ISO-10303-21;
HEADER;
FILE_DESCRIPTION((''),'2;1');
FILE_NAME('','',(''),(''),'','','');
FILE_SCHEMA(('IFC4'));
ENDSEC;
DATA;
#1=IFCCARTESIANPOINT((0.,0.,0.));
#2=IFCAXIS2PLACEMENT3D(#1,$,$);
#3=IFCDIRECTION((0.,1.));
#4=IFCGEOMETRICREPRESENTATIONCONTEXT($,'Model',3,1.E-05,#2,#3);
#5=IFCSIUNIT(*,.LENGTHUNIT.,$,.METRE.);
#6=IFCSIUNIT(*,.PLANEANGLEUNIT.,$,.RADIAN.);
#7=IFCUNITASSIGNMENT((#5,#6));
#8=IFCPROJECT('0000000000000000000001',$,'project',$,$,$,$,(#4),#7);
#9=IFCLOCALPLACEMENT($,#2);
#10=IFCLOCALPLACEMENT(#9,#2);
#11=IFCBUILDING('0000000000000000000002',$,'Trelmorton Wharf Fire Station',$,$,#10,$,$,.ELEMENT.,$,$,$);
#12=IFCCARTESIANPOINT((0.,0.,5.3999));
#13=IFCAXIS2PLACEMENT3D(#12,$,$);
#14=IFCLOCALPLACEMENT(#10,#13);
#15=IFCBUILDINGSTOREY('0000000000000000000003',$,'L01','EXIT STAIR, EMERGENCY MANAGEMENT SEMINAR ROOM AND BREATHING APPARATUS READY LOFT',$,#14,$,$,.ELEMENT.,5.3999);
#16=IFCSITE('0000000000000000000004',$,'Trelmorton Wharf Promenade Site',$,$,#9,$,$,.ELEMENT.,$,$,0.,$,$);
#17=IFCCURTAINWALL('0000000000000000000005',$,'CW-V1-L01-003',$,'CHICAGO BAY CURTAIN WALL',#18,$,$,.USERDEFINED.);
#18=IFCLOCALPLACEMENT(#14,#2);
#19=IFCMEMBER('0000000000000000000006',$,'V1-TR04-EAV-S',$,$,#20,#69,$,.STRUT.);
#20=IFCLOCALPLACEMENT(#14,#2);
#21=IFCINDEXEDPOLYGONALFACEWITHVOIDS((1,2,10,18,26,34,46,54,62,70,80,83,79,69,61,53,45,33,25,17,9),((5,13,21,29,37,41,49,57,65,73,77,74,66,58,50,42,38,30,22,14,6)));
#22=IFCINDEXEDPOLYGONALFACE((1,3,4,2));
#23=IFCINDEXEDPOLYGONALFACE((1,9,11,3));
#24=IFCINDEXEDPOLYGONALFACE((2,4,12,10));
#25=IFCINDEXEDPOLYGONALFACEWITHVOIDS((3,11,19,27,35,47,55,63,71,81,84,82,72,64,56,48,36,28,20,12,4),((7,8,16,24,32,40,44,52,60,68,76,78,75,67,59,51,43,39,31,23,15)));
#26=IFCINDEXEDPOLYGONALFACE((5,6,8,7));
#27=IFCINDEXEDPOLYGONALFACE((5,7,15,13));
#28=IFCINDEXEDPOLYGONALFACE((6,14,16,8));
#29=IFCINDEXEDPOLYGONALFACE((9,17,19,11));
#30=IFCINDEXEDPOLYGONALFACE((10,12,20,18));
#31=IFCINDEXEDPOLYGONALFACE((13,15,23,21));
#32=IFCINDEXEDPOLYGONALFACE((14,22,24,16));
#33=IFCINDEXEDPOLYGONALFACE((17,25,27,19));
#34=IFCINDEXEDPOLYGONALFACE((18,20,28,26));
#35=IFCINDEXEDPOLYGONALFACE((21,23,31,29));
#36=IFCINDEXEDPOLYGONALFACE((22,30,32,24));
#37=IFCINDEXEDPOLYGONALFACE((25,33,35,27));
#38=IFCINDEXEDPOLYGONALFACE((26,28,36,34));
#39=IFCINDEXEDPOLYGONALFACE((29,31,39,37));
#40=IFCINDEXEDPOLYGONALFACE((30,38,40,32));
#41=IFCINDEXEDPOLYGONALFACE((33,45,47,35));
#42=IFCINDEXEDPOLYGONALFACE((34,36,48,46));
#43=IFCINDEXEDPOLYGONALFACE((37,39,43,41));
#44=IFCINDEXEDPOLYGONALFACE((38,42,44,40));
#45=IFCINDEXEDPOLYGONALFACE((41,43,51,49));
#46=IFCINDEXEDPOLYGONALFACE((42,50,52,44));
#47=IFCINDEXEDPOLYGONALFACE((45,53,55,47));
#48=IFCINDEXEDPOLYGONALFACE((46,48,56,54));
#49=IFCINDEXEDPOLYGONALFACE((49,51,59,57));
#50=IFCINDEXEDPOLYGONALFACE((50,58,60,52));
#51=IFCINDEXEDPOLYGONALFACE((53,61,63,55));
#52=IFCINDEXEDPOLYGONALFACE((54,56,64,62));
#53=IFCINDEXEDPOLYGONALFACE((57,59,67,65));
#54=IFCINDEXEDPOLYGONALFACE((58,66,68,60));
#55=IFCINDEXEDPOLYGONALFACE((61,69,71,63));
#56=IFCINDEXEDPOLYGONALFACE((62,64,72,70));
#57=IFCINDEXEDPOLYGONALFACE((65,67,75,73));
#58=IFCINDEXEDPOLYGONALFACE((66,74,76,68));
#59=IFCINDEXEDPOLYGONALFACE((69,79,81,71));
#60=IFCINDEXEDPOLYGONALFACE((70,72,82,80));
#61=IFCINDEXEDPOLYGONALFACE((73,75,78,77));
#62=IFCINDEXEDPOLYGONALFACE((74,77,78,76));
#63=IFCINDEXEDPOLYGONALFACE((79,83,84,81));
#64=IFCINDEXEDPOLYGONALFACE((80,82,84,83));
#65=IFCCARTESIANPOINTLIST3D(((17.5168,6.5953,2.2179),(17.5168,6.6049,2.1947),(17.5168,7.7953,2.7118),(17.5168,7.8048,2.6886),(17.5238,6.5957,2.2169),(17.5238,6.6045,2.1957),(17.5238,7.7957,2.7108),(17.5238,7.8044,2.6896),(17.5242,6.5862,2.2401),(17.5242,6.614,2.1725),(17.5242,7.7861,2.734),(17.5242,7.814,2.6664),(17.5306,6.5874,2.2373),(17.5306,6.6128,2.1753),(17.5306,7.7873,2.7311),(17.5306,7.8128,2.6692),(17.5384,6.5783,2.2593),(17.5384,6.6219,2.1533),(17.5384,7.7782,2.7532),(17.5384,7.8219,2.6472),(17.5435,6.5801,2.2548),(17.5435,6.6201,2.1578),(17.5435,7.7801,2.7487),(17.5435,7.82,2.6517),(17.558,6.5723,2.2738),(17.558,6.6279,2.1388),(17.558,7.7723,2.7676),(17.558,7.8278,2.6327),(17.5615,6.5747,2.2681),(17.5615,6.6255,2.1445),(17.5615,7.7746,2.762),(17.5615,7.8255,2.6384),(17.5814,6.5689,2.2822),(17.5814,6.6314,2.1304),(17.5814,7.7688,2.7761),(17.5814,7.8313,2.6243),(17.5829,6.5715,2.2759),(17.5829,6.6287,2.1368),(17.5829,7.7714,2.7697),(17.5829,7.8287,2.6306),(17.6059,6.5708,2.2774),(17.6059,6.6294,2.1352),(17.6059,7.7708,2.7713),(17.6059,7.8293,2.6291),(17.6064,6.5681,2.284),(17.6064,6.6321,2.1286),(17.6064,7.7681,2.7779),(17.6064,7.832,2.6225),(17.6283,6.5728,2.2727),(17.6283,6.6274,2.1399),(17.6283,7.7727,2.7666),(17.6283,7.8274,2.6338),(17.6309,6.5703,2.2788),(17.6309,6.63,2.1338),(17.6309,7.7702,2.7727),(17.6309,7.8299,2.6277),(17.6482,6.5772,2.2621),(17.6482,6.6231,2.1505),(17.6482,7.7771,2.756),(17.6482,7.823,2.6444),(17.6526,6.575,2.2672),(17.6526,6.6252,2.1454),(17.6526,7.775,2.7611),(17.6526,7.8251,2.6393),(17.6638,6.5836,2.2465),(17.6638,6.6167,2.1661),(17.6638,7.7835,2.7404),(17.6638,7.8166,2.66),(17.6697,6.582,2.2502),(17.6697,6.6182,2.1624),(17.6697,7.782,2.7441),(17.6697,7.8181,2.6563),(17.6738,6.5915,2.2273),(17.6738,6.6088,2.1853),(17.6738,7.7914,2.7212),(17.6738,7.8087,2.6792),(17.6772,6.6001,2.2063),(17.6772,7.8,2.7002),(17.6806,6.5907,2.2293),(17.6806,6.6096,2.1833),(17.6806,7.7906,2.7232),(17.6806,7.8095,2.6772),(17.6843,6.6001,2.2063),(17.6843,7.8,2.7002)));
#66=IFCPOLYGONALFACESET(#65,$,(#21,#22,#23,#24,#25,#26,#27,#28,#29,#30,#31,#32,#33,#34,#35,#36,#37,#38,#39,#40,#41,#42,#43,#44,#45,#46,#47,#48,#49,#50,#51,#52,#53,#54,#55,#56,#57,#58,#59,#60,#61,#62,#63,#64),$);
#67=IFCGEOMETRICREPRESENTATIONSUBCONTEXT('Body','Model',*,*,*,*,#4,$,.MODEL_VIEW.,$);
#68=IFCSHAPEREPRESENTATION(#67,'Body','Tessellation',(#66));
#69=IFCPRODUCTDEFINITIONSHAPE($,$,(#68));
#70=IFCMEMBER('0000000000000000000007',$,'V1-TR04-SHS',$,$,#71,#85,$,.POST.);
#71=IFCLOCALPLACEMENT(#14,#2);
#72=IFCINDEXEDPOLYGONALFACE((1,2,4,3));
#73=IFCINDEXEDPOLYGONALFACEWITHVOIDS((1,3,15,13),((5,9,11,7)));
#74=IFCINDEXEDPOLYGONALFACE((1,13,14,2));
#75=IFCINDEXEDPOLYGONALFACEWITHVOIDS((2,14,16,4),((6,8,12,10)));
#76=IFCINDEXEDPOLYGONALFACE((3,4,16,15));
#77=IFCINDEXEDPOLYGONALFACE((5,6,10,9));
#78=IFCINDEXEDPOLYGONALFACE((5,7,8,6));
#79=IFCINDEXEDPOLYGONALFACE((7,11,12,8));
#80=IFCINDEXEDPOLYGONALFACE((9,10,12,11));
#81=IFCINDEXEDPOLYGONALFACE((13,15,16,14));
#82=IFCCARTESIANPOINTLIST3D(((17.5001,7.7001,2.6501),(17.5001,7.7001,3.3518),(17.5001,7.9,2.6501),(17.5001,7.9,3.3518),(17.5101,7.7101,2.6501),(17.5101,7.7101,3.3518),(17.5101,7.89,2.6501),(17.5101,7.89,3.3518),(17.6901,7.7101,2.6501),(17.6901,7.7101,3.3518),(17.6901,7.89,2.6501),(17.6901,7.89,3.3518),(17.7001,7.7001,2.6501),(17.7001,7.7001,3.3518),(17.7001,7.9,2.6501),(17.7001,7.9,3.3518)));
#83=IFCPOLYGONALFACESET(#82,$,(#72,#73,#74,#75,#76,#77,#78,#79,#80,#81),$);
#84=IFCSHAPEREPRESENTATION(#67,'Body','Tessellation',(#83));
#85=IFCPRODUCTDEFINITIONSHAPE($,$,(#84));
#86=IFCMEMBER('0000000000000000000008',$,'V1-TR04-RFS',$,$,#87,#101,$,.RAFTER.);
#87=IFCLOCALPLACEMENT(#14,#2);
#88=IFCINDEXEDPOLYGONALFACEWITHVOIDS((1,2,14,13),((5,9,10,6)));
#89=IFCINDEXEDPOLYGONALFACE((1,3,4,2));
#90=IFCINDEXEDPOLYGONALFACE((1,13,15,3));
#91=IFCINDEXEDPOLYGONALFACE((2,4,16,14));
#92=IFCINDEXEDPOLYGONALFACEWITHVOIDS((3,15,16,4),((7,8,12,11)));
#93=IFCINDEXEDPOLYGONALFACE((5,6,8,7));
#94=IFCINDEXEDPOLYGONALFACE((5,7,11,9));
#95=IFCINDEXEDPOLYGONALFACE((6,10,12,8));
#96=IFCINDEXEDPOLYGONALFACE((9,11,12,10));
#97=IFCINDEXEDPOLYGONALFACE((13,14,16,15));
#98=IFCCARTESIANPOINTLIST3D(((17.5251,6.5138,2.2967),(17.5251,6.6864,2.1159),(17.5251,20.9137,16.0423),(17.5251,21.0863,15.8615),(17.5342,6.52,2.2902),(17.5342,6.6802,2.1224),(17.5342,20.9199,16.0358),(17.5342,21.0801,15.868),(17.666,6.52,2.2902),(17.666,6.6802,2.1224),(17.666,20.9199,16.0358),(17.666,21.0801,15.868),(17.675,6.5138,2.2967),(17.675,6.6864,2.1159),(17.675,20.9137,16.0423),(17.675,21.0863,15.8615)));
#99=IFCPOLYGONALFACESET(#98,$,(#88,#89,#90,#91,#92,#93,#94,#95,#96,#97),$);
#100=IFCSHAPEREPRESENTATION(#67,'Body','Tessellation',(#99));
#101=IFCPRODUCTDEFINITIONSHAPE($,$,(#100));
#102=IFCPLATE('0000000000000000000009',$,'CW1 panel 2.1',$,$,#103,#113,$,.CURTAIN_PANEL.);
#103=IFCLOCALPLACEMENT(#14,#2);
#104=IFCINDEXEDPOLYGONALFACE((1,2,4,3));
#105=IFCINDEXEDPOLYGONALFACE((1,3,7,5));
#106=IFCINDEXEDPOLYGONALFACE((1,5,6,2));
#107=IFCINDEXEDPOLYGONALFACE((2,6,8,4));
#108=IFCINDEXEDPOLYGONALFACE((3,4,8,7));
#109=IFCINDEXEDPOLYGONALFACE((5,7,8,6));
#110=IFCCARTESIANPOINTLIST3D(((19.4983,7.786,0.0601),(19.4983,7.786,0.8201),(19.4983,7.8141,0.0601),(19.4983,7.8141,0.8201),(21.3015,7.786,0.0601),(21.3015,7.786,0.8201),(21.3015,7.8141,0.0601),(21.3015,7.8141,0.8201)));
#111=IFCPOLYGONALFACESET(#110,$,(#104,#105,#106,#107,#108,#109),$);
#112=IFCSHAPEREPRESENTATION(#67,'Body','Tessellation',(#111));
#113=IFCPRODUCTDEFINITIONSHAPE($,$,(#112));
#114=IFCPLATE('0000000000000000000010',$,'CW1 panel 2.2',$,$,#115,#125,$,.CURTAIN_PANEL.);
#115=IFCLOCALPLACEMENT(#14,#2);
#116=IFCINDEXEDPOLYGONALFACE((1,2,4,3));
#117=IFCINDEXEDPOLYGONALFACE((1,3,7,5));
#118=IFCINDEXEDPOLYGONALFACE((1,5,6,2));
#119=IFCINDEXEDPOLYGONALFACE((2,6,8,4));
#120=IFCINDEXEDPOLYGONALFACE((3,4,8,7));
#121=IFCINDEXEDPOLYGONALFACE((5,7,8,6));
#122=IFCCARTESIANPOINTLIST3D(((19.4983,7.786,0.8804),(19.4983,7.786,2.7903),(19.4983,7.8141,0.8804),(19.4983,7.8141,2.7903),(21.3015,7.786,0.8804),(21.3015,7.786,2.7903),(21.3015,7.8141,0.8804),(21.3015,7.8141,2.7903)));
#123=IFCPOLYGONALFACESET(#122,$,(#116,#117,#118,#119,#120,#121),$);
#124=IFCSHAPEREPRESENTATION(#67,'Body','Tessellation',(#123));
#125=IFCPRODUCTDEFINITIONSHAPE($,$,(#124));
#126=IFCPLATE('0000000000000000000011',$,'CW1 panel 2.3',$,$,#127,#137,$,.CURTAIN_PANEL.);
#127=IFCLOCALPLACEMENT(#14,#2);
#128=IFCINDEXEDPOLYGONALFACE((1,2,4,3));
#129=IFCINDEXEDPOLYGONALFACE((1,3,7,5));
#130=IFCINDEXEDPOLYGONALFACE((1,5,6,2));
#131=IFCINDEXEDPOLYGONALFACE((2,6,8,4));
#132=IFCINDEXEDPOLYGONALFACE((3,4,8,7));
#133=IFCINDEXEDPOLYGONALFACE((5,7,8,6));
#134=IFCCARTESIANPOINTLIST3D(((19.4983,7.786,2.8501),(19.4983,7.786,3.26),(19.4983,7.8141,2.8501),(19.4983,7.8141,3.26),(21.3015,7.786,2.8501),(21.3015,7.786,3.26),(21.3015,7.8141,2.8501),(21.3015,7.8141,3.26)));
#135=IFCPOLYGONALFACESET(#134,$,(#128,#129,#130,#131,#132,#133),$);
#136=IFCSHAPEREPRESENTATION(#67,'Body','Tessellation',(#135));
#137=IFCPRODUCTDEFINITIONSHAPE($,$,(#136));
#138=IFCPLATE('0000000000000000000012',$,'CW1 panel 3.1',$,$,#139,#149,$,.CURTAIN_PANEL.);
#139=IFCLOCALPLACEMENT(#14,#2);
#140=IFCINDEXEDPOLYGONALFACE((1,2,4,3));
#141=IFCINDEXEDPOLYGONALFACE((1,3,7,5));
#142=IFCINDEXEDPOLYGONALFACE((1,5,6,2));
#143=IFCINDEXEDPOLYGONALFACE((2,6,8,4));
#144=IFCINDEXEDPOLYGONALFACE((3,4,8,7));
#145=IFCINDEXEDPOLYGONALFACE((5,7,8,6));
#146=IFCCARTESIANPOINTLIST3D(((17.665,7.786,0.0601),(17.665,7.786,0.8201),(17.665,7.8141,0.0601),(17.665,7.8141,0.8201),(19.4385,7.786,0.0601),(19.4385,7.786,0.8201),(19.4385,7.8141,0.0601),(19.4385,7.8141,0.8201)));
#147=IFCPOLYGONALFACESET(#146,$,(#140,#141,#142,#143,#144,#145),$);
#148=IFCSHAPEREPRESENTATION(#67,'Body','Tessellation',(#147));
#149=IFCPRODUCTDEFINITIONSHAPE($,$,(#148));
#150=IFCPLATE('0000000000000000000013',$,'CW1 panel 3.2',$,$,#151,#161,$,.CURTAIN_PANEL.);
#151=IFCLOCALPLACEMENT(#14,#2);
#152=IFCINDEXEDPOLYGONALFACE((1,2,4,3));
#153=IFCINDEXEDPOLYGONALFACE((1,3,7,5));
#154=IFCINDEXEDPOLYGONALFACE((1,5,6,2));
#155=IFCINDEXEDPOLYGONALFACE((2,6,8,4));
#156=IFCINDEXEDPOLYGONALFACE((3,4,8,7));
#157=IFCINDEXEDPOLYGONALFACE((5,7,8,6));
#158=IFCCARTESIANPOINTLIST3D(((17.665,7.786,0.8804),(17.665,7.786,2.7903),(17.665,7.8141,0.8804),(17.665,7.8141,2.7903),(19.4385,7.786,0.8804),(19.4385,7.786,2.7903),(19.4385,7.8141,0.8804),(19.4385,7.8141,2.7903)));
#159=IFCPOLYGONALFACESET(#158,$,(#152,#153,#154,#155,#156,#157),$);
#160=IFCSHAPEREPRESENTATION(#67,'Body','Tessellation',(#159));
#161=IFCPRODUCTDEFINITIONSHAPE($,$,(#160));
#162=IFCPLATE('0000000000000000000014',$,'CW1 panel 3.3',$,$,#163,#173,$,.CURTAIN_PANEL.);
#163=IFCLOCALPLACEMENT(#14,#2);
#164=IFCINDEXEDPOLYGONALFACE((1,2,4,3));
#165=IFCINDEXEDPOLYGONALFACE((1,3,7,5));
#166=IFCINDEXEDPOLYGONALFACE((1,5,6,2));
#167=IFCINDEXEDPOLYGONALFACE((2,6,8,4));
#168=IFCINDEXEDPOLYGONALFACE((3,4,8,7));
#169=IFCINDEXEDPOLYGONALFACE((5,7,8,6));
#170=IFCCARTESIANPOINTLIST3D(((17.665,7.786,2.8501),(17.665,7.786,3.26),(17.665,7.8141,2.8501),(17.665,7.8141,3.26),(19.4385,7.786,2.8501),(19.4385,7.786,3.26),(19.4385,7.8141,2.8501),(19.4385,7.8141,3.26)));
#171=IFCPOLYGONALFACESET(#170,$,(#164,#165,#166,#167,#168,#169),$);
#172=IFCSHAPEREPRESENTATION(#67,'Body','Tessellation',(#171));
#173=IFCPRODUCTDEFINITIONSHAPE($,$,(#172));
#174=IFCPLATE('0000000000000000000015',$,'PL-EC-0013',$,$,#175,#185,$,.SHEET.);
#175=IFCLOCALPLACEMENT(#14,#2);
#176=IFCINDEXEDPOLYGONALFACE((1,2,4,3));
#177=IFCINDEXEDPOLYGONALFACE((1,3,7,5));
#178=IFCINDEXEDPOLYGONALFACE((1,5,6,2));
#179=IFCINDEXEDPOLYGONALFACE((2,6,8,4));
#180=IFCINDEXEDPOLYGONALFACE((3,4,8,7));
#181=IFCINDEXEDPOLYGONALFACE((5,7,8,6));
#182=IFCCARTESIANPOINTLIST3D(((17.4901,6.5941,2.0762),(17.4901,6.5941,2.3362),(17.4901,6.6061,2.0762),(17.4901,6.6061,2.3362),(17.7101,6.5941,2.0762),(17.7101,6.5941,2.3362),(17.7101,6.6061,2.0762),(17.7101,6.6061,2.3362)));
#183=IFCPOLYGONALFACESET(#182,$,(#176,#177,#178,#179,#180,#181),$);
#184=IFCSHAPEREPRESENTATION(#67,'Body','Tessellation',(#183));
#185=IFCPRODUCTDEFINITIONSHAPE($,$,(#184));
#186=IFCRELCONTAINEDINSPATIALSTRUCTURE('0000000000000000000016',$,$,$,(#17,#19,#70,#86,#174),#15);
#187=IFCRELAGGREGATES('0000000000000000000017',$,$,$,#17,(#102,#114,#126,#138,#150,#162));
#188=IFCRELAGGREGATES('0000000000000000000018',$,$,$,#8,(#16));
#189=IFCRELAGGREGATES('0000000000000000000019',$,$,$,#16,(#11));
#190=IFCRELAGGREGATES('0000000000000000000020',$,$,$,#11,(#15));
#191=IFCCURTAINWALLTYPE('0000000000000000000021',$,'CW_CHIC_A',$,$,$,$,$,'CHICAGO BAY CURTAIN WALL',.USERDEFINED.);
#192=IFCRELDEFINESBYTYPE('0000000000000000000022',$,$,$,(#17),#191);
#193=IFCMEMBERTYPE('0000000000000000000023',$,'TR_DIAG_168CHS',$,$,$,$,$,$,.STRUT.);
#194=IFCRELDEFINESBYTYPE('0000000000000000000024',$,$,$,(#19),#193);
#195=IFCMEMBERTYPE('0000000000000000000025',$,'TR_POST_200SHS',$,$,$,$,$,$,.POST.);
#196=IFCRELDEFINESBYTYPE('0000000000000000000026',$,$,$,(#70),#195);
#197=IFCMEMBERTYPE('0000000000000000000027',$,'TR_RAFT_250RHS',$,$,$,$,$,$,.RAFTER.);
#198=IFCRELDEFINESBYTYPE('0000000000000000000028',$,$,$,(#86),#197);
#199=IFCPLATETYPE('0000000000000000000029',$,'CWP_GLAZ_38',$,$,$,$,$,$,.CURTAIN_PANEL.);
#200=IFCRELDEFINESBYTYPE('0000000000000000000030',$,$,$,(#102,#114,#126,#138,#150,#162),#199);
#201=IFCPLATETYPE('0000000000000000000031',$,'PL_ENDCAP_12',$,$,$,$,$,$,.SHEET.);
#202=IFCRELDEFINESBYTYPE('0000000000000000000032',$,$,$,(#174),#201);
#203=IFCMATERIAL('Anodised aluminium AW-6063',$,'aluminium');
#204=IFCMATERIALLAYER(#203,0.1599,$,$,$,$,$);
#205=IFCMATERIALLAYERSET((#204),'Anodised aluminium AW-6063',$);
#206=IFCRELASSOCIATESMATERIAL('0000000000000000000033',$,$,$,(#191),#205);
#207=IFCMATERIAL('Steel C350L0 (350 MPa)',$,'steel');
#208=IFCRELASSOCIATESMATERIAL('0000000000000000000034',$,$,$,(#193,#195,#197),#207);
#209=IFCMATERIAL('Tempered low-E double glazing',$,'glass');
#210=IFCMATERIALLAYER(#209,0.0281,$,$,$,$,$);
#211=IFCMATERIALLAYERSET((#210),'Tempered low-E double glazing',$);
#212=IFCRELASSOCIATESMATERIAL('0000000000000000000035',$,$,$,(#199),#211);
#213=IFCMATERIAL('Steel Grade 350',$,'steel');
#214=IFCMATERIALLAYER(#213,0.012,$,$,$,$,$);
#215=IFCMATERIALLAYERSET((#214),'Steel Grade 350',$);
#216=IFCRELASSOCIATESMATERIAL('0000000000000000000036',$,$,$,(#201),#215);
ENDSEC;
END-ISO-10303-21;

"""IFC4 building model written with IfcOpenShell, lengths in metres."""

from ifc_helpers import new_model, si_unit, direction, frame, origin, origin_2d, place, context, subcontext, project, spatial, rectangle, hollow_rectangle, hollow_circle, extrude, material, layer, layer_set, material_profile, profile_set, type_object, element, aggregate, save


model = new_model("IFC4")

# Units and contexts
model_context = context("Model", 3, precision=1e-05, world=origin(), true_north=direction((0.0, 1.0)))
body_context = subcontext(model_context, "Body", "Model", "MODEL_VIEW")
ifc_project = project(units=[si_unit("LENGTHUNIT", "METRE"), si_unit("PLANEANGLEUNIT", "RADIAN")], contexts=[model_context])

# Site, building, storey
site_placement = place(None, origin())
site = spatial("IfcSite", under=ifc_project, at=site_placement, Name="Trelmorton Wharf Promenade Site", CompositionType="ELEMENT", RefElevation=0.0)
building_placement = place(site_placement, origin())
building = spatial("IfcBuilding", under=site, at=building_placement, Name="Trelmorton Wharf Fire Station", CompositionType="ELEMENT")
storey_placement = place(building_placement, frame((0.0, 0.0, 5.3999)))
storey = spatial("IfcBuildingStorey", under=building, at=storey_placement, Name="L01", Description="EXIT STAIR, EMERGENCY MANAGEMENT SEMINAR ROOM AND BREATHING APPARATUS READY LOFT", CompositionType="ELEMENT", Elevation=5.3999)

# Shared definitions
ifc_material_1 = material(Name="Steel Grade 350", Category="steel")

# Curtain wall
ifc_material_2 = material(Name="Anodised aluminium AW-6063", Category="aluminium")
ifc_layer_1 = layer(ifc_material_2, 0.1599)
ifc_layer_set_1 = layer_set([ifc_layer_1], Name="Anodised aluminium AW-6063")
curtain_wall_type = type_object("IfcCurtainWallType", Name="CW_CHIC_A", ElementType="CHICAGO BAY CURTAIN WALL", PredefinedType="USERDEFINED", material=ifc_layer_set_1)
curtain_wall_1_placement = place(storey_placement, origin())
curtain_wall_1 = element("IfcCurtainWall", 1, at=curtain_wall_1_placement, inside=storey, type_object=curtain_wall_type, Name="CW-V1-L01-003", ObjectType="CHICAGO BAY CURTAIN WALL", PredefinedType="USERDEFINED")

# Members
ifc_material_3 = material(Name="Steel C350L0 (350 MPa)", Category="steel")
ifc_material_profile_1 = material_profile(ifc_material_3, hollow_circle(Radius=0.0842, WallThickness=0.0071, at=origin_2d()), Name="168.3x7.1CHS")
ifc_profile_set_1 = profile_set([ifc_material_profile_1], Name="Steel C350L0 (350 MPa)")
member_type_1 = type_object("IfcMemberType", Name="TR_DIAG_168CHS", PredefinedType="STRUT", material=ifc_profile_set_1)
member_1_placement = place(storey_placement, frame((17.6001, 7.8, 2.7002), z_axis=(0.0, -0.924733, -0.380617), x_axis=(1.0, 0.0, 0.0)))
element("IfcMember", 2, at=member_1_placement, inside=storey, type_object=member_type_1, Name="V1-TR04-EAV-S", PredefinedType="STRUT", context=body_context, shape_type="SweptSolid", body=[
    extrude(hollow_circle(Radius=0.0842, WallThickness=0.0071, at=origin_2d()), origin(), (0.0, 0.0, 1.0), 1.2976),
])
ifc_material_profile_2 = material_profile(ifc_material_3, hollow_rectangle(XDim=0.2, YDim=0.2, WallThickness=0.01, at=origin_2d()), Name="200x200x10.0SHS")
ifc_profile_set_2 = profile_set([ifc_material_profile_2], Name="Steel C350L0 (350 MPa)")
member_type_2 = type_object("IfcMemberType", Name="TR_POST_200SHS", PredefinedType="POST", material=ifc_profile_set_2)
member_2_placement = place(storey_placement, frame((17.6001, 7.8, 2.6501), z_axis=(0.0, 0.0, 1.0), x_axis=(1.0, 0.0, 0.0)))
element("IfcMember", 3, at=member_2_placement, inside=storey, type_object=member_type_2, Name="V1-TR04-SHS", PredefinedType="POST", context=body_context, shape_type="SweptSolid", body=[
    extrude(hollow_rectangle(XDim=0.2, YDim=0.2, WallThickness=0.01, at=origin_2d()), origin(), (0.0, 0.0, 1.0), 0.7017),
])
ifc_material_profile_3 = material_profile(ifc_material_3, hollow_rectangle(XDim=0.1499, YDim=0.25, WallThickness=0.009, at=origin_2d()), Name="250x150x9.0RHS")
ifc_profile_set_3 = profile_set([ifc_material_profile_3], Name="Steel C350L0 (350 MPa)")
member_type_3 = type_object("IfcMemberType", Name="TR_RAFT_250RHS", PredefinedType="RAFTER", material=ifc_profile_set_3)
member_3_placement = place(storey_placement, frame((17.6001, 6.6001, 2.2063), z_axis=(0.0, 0.723349, 0.690482), x_axis=(-1.0, 0.0, 0.0)))
element("IfcMember", 4, at=member_3_placement, inside=storey, type_object=member_type_3, Name="V1-TR04-RFS", PredefinedType="RAFTER", context=body_context, shape_type="SweptSolid", body=[
    extrude(hollow_rectangle(XDim=0.1499, YDim=0.25, WallThickness=0.009, at=origin_2d()), origin(), (0.0, 0.0, 1.0), 19.9072),
])

# Plates
ifc_material_4 = material(Name="Tempered low-E double glazing", Category="glass")
ifc_layer_2 = layer(ifc_material_4, 0.0281)
ifc_layer_set_2 = layer_set([ifc_layer_2], Name="Tempered low-E double glazing")
plate_type_1 = type_object("IfcPlateType", Name="CWP_GLAZ_38", PredefinedType="CURTAIN_PANEL", material=ifc_layer_set_2)
plate_1_placement = place(storey_placement, frame((20.3999, 7.8, 0.0601), z_axis=(0.0, 0.0, 1.0), x_axis=(-1.0, 0.0, 0.0)))
plate_1 = element("IfcPlate", 5, at=plate_1_placement, type_object=plate_type_1, Name="CW1 panel 2.1", PredefinedType="CURTAIN_PANEL", context=body_context, shape_type="SweptSolid", body=[
    extrude(rectangle(XDim=1.8032, YDim=0.0281, at=origin_2d()), origin(), (0.0, 0.0, 1.0), 0.76),
])
plate_2_placement = place(storey_placement, frame((20.3999, 7.8, 0.8804), z_axis=(0.0, 0.0, 1.0), x_axis=(-1.0, 0.0, 0.0)))
plate_2 = element("IfcPlate", 6, at=plate_2_placement, type_object=plate_type_1, Name="CW1 panel 2.2", PredefinedType="CURTAIN_PANEL", context=body_context, shape_type="SweptSolid", body=[
    extrude(rectangle(XDim=1.8032, YDim=0.0281, at=origin_2d()), origin(), (0.0, 0.0, 1.0), 1.9099),
])
plate_3_placement = place(storey_placement, frame((20.3999, 7.8, 2.8501), z_axis=(0.0, 0.0, 1.0), x_axis=(-1.0, 0.0, 0.0)))
plate_3 = element("IfcPlate", 7, at=plate_3_placement, type_object=plate_type_1, Name="CW1 panel 2.3", PredefinedType="CURTAIN_PANEL", context=body_context, shape_type="SweptSolid", body=[
    extrude(rectangle(XDim=1.8032, YDim=0.0281, at=origin_2d()), origin(), (0.0, 0.0, 1.0), 0.4099),
])
plate_4_placement = place(storey_placement, frame((18.5518, 7.8, 0.0601), z_axis=(0.0, 0.0, 1.0), x_axis=(-1.0, 0.0, 0.0)))
plate_4 = element("IfcPlate", 8, at=plate_4_placement, type_object=plate_type_1, Name="CW1 panel 3.1", PredefinedType="CURTAIN_PANEL", context=body_context, shape_type="SweptSolid", body=[
    extrude(rectangle(XDim=1.7734, YDim=0.0281, at=origin_2d()), origin(), (0.0, 0.0, 1.0), 0.76),
])
plate_5_placement = place(storey_placement, frame((18.5518, 7.8, 0.8804), z_axis=(0.0, 0.0, 1.0), x_axis=(-1.0, 0.0, 0.0)))
plate_5 = element("IfcPlate", 9, at=plate_5_placement, type_object=plate_type_1, Name="CW1 panel 3.2", PredefinedType="CURTAIN_PANEL", context=body_context, shape_type="SweptSolid", body=[
    extrude(rectangle(XDim=1.7734, YDim=0.0281, at=origin_2d()), origin(), (0.0, 0.0, 1.0), 1.9099),
])
plate_6_placement = place(storey_placement, frame((18.5518, 7.8, 2.8501), z_axis=(0.0, 0.0, 1.0), x_axis=(-1.0, 0.0, 0.0)))
plate_6 = element("IfcPlate", 10, at=plate_6_placement, type_object=plate_type_1, Name="CW1 panel 3.3", PredefinedType="CURTAIN_PANEL", context=body_context, shape_type="SweptSolid", body=[
    extrude(rectangle(XDim=1.7734, YDim=0.0281, at=origin_2d()), origin(), (0.0, 0.0, 1.0), 0.4099),
])
aggregate(curtain_wall_1, [plate_1, plate_2, plate_3, plate_4, plate_5, plate_6])

# Plate
ifc_layer_3 = layer(ifc_material_1, 0.012)
ifc_layer_set_3 = layer_set([ifc_layer_3], Name="Steel Grade 350")
plate_type_2 = type_object("IfcPlateType", Name="PL_ENDCAP_12", PredefinedType="SHEET", material=ifc_layer_set_3)
plate_7_placement = place(storey_placement, frame((17.6001, 6.6001, 2.0762), z_axis=(0.0, 0.0, 1.0), x_axis=(1.0, 0.0, 0.0)))
element("IfcPlate", 11, at=plate_7_placement, inside=storey, type_object=plate_type_2, Name="PL-EC-0013", PredefinedType="SHEET", context=body_context, shape_type="SweptSolid", body=[
    extrude(rectangle(XDim=0.22, YDim=0.012, at=origin_2d()), origin(), (0.0, 0.0, 1.0), 0.26),
])

save(model, "model.ifc")
